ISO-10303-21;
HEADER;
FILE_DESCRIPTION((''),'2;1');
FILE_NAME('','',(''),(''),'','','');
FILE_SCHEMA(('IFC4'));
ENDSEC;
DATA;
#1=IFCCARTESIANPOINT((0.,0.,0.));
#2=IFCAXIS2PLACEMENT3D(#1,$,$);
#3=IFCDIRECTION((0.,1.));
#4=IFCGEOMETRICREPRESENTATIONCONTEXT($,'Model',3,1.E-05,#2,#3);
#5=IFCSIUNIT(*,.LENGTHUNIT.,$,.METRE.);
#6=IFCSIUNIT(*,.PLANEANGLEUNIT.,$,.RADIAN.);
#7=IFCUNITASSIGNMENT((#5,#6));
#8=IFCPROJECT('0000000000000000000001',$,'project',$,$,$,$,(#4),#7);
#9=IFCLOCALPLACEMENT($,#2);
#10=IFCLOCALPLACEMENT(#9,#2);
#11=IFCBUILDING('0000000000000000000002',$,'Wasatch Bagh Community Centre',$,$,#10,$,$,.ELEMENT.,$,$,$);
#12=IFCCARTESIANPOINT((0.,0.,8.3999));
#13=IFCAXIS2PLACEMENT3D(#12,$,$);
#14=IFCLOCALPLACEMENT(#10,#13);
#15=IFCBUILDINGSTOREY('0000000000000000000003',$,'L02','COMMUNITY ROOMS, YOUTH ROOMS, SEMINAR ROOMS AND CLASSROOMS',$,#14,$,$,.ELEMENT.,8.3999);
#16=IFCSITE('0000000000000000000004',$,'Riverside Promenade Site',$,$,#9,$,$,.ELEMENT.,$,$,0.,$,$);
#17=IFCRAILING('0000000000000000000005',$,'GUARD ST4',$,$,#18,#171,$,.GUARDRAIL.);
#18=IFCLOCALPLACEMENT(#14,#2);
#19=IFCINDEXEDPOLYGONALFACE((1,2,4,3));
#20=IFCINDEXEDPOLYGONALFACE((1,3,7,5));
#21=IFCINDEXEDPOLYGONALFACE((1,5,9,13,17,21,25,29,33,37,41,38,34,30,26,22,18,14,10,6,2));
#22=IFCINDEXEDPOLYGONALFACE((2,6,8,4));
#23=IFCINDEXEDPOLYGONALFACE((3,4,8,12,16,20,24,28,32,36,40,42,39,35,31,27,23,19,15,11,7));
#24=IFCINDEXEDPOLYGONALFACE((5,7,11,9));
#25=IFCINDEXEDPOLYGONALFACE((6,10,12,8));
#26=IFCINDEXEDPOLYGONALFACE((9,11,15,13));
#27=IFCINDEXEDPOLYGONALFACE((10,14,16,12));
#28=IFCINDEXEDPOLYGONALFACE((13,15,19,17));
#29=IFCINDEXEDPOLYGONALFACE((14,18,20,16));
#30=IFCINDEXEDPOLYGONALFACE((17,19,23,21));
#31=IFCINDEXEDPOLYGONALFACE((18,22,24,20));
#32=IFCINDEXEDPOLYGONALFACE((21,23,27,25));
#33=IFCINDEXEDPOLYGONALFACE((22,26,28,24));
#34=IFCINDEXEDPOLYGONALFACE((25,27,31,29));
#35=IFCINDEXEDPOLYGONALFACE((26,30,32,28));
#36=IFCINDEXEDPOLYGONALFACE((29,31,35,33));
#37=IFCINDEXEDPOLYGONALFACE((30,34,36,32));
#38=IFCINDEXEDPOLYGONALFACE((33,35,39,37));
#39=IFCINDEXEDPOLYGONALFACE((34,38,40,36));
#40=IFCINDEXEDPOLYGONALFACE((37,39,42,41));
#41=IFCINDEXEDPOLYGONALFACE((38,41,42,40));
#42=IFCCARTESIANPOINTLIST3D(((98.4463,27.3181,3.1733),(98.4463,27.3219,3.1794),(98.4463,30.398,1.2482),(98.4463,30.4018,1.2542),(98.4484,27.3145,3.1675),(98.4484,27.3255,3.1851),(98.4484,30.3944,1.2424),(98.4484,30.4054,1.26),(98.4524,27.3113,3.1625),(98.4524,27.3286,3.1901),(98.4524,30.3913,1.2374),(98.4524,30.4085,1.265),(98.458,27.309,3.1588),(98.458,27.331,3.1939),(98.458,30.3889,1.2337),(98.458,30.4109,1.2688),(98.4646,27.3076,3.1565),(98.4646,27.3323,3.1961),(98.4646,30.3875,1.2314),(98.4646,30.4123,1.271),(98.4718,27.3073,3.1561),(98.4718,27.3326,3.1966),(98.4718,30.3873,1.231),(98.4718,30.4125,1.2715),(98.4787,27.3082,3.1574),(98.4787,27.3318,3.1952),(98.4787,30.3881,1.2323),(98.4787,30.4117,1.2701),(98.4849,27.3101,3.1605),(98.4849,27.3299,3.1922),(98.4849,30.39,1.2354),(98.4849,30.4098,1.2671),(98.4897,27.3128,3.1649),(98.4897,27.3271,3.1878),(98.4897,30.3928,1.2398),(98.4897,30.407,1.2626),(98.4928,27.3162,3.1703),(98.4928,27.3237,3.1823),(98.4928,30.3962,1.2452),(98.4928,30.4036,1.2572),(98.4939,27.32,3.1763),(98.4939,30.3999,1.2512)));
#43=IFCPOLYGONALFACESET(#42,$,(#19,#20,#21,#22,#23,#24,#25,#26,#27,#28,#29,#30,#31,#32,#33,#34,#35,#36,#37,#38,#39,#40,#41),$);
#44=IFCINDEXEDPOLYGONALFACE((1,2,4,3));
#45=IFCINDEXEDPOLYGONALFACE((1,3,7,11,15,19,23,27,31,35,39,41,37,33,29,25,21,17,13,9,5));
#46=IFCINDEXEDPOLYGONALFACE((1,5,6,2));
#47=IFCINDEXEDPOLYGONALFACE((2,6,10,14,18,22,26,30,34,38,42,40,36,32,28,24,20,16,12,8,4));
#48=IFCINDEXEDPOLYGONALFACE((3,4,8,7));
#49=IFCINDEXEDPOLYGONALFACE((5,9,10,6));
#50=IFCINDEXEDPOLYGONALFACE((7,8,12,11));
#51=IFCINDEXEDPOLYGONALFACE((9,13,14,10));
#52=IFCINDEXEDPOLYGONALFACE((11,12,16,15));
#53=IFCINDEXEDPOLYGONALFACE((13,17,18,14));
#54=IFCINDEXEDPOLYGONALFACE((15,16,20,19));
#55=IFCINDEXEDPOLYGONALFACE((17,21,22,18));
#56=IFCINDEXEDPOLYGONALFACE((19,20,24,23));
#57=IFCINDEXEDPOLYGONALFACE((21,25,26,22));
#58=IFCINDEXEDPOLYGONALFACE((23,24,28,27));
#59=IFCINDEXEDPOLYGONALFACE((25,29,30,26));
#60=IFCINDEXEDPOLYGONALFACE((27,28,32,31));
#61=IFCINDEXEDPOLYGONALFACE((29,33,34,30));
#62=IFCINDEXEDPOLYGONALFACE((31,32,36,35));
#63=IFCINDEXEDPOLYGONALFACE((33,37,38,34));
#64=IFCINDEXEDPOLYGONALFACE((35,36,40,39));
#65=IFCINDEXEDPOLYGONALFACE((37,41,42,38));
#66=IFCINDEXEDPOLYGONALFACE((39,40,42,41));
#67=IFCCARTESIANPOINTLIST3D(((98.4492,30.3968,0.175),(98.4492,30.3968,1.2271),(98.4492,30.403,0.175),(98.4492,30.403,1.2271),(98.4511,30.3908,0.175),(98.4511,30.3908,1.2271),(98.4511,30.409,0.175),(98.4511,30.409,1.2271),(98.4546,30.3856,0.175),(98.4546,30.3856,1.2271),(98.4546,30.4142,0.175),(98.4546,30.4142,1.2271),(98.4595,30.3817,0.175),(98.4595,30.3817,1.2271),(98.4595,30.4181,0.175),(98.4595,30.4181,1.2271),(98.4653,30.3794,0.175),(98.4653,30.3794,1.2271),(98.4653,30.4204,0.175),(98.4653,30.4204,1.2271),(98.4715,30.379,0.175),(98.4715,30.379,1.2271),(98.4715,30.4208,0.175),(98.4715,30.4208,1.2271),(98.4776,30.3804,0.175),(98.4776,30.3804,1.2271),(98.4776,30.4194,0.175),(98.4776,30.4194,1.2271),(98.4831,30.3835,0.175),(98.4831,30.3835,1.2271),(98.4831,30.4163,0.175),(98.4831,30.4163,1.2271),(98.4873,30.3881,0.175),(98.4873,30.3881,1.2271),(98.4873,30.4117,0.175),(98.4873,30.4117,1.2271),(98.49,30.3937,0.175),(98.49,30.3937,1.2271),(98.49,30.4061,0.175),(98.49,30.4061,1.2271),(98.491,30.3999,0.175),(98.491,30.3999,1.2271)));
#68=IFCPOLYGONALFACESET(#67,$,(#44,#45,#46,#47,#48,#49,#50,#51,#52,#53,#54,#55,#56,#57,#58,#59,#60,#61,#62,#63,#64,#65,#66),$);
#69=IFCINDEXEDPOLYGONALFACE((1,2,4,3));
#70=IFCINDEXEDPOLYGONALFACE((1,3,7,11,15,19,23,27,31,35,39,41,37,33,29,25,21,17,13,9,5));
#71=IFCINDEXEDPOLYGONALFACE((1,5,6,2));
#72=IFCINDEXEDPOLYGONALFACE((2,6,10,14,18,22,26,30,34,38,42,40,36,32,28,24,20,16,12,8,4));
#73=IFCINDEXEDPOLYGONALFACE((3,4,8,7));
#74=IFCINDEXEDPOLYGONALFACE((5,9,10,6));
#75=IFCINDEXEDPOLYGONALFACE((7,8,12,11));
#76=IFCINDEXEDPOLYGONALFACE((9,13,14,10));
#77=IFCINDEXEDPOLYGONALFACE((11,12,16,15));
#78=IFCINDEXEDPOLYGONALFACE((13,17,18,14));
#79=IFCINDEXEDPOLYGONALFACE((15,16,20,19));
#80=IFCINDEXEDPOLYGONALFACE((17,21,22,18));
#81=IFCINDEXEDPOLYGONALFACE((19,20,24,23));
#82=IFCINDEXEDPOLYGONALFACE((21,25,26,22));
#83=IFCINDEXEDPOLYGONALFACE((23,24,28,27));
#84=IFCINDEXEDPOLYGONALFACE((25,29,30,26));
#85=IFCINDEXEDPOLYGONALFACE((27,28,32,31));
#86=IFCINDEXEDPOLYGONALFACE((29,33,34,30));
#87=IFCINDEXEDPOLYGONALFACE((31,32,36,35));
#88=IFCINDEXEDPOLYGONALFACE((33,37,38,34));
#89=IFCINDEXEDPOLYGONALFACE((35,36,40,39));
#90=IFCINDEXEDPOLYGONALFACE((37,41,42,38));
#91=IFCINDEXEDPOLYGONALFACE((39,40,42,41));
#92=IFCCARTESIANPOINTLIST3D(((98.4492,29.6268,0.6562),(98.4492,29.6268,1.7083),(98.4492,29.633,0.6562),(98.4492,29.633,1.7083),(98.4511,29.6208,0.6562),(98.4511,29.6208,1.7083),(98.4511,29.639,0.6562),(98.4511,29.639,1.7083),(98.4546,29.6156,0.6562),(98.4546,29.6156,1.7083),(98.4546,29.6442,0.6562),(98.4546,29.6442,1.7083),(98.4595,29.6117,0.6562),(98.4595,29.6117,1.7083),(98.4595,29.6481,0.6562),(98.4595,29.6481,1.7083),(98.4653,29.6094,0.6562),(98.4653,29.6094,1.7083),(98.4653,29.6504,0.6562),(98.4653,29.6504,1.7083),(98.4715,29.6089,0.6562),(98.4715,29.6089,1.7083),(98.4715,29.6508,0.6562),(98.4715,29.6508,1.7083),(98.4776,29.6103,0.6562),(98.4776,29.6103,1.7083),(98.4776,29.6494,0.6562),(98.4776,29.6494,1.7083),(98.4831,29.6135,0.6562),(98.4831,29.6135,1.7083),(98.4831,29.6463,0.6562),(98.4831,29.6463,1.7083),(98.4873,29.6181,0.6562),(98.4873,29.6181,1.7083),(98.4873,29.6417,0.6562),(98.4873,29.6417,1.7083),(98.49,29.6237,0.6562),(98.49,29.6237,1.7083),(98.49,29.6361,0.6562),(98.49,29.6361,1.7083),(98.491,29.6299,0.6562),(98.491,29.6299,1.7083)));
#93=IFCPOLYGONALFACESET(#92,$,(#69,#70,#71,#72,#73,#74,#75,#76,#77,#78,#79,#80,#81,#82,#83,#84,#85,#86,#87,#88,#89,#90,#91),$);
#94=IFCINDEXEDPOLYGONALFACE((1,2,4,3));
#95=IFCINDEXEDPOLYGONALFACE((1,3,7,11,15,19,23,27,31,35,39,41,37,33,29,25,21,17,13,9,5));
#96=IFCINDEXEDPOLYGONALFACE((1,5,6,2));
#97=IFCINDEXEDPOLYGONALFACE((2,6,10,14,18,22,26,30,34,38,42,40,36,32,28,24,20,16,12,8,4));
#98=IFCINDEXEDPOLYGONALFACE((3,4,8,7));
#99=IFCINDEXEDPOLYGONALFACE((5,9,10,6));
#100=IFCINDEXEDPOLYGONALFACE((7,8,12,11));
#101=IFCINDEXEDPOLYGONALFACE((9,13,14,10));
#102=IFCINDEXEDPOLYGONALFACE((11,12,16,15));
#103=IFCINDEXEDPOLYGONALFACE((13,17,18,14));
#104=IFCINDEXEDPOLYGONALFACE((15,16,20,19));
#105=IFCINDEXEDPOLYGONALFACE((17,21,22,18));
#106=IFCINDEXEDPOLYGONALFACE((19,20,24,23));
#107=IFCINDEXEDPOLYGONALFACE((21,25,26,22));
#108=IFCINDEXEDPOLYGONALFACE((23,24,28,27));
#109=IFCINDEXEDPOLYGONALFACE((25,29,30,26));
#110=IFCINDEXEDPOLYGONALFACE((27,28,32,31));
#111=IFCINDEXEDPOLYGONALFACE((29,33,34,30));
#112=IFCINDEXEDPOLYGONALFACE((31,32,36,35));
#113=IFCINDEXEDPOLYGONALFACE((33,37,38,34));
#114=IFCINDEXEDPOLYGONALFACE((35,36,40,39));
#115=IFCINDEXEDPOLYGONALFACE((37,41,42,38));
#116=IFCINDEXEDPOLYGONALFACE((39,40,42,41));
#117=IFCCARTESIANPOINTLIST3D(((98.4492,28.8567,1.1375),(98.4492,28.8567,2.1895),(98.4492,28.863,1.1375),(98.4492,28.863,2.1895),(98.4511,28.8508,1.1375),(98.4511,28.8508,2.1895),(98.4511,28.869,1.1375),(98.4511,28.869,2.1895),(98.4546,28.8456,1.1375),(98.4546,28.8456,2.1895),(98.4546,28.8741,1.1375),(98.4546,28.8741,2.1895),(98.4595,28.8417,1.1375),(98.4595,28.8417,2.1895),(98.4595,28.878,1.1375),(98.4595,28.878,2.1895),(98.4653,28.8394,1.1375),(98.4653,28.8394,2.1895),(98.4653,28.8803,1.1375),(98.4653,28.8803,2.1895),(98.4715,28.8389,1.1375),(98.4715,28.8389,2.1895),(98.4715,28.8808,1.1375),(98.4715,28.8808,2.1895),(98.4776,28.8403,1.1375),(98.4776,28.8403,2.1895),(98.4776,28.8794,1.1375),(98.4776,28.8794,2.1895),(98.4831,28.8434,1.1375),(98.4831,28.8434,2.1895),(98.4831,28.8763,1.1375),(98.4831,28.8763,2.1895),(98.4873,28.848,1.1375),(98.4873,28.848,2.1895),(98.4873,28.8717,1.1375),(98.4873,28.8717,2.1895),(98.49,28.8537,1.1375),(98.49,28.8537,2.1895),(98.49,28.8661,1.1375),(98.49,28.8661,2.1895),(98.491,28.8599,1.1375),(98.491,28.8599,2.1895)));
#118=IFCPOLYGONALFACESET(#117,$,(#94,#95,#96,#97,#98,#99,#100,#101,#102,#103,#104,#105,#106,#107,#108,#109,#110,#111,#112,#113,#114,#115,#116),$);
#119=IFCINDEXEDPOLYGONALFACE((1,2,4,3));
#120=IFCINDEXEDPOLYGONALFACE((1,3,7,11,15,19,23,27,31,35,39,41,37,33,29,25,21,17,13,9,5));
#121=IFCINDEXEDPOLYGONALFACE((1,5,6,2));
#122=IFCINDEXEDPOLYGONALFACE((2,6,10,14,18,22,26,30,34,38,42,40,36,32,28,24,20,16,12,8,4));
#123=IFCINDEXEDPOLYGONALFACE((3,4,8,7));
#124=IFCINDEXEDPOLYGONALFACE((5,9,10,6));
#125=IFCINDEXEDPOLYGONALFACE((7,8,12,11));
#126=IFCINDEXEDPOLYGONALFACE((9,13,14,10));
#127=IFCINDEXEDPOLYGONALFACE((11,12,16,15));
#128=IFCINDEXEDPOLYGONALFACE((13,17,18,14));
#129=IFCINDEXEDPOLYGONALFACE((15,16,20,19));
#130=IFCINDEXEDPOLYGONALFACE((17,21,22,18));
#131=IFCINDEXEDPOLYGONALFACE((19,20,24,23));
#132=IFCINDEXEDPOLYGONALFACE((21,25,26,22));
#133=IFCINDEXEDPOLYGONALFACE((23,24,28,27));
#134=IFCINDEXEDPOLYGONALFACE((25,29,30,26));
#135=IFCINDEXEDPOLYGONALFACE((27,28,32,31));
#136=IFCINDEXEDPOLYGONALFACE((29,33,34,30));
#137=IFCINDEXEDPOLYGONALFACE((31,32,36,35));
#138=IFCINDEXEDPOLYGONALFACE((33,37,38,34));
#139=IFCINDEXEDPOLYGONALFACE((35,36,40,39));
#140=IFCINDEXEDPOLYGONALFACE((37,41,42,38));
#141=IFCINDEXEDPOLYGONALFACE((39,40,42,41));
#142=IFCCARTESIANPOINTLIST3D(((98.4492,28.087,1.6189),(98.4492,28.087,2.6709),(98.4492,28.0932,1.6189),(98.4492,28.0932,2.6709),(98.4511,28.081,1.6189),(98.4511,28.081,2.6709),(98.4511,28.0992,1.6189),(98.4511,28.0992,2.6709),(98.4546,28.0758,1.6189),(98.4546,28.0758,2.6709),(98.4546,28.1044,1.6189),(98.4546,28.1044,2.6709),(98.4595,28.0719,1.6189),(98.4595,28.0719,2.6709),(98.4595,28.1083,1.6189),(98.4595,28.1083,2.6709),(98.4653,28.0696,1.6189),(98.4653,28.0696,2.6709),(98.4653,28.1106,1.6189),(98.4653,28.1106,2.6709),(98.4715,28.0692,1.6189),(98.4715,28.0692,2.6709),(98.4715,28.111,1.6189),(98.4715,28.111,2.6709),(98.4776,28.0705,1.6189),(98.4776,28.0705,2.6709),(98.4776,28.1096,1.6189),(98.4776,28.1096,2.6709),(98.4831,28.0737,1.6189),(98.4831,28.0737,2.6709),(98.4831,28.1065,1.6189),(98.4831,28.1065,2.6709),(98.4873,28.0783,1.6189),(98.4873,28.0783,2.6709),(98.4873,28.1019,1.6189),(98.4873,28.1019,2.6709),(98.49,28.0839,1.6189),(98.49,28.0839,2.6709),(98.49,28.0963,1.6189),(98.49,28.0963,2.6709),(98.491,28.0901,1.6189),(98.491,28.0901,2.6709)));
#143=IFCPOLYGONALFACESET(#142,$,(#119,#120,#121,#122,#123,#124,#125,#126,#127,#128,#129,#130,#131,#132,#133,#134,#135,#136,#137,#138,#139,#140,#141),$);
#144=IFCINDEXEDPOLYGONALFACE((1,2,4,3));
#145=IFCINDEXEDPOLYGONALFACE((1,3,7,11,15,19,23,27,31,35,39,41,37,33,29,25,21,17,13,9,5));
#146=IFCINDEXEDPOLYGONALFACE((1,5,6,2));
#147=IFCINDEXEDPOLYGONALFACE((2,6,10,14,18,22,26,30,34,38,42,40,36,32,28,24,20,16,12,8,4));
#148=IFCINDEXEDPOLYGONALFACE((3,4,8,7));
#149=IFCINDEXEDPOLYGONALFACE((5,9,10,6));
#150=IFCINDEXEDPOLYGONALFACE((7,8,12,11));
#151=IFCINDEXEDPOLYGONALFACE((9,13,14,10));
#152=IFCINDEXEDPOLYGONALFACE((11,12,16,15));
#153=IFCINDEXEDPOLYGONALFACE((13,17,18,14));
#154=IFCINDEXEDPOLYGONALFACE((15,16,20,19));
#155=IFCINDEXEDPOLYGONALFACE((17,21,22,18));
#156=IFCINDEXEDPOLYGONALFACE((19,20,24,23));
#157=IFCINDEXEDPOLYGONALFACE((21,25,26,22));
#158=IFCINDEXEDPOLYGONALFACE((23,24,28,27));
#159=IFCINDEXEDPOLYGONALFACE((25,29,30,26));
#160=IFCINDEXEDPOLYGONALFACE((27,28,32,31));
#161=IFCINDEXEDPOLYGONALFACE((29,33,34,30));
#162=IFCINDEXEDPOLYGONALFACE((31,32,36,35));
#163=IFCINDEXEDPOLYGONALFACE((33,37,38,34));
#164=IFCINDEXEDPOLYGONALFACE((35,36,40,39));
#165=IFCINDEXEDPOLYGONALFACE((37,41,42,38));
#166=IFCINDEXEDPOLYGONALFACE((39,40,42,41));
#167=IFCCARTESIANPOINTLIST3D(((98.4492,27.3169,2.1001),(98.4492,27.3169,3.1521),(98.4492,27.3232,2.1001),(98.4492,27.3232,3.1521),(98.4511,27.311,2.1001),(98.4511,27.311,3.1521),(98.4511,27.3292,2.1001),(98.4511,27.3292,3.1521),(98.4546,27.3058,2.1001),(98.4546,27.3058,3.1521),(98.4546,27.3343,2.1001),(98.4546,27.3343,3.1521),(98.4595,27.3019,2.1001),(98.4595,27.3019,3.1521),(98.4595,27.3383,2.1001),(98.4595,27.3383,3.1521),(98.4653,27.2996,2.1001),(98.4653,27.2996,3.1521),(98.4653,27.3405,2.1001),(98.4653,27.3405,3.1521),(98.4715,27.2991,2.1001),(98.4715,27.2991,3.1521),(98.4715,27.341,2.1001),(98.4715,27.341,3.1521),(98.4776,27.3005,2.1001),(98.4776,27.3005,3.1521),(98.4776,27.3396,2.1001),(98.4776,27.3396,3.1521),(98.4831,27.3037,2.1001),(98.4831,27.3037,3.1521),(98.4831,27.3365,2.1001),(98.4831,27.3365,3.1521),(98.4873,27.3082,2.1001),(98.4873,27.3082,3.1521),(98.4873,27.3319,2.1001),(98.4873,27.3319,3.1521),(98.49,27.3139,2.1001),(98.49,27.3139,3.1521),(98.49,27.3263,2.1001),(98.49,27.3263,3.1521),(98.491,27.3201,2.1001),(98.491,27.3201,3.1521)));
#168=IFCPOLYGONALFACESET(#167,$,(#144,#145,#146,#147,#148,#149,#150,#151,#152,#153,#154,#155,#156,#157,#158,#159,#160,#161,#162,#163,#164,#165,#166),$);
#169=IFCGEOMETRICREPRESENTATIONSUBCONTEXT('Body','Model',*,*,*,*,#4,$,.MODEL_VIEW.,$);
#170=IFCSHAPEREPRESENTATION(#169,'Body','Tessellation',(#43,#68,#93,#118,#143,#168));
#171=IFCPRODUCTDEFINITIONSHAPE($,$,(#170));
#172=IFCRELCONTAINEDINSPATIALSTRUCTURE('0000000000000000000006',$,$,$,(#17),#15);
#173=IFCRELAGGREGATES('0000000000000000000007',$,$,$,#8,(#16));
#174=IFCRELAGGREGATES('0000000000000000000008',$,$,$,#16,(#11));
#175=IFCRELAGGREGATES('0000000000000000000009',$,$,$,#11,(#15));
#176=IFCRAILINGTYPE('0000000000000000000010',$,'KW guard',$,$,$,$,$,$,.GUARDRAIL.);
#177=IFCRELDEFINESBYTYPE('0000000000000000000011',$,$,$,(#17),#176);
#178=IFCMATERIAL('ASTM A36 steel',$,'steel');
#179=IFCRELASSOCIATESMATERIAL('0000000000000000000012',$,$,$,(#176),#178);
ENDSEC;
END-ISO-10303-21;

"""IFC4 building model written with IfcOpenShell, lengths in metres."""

from ifc_helpers import new_model, si_unit, direction, frame, origin, origin_2d, place, context, subcontext, project, spatial, circle, extrude, material, type_object, element, save


model = new_model("IFC4")

# Units and contexts
model_context = context("Model", 3, precision=1e-05, world=origin(), true_north=direction((0.0, 1.0)))
body_context = subcontext(model_context, "Body", "Model", "MODEL_VIEW")
ifc_project = project(units=[si_unit("LENGTHUNIT", "METRE"), si_unit("PLANEANGLEUNIT", "RADIAN")], contexts=[model_context])

# Site, building, storey
site_placement = place(None, origin())
site = spatial("IfcSite", under=ifc_project, at=site_placement, Name="Riverside Promenade Site", CompositionType="ELEMENT", RefElevation=0.0)
building_placement = place(site_placement, origin())
building = spatial("IfcBuilding", under=site, at=building_placement, Name="Wasatch Bagh Community Centre", CompositionType="ELEMENT")
storey_placement = place(building_placement, frame((0.0, 0.0, 8.3999)))
storey = spatial("IfcBuildingStorey", under=building, at=storey_placement, Name="L02", Description="COMMUNITY ROOMS, YOUTH ROOMS, SEMINAR ROOMS AND CLASSROOMS", CompositionType="ELEMENT", Elevation=8.3999)

# Railing
ifc_material_1 = material(Name="ASTM A36 steel", Category="steel")
railing_type_1 = type_object("IfcRailingType", Name="KW guard", PredefinedType="GUARDRAIL", material=ifc_material_1)
for number, where, name in (
    (1, (98.47, 30.3999, 0.175), "GUARD ST4"),
):
    element("IfcRailing", number, at=place(storey_placement, frame(where)), inside=storey, type_object=railing_type_1, Name=name, PredefinedType="GUARDRAIL", context=body_context, shape_type="SweptSolid", body=[
        extrude(circle(Radius=0.0239, at=origin_2d()), frame((0.0, 0.0, 1.0762), z_axis=(0.0, -0.847979, 0.530029), x_axis=(1.0, 0.0, 0.0)), (0.0, 0.0, 1.0), 3.6321),
        extrude(circle(Radius=0.021, at=origin_2d()), origin(), (0.0, 0.0, 1.0), 1.052),
        extrude(circle(Radius=0.021, at=origin_2d()), frame((0.0, -0.77, 0.4812)), (0.0, 0.0, 1.0), 1.052),
        extrude(circle(Radius=0.021, at=origin_2d()), frame((0.0, -1.54, 0.9624)), (0.0, 0.0, 1.0), 1.052),
        extrude(circle(Radius=0.021, at=origin_2d()), frame((0.0, -2.3098, 1.4438)), (0.0, 0.0, 1.0), 1.052),
        extrude(circle(Radius=0.021, at=origin_2d()), frame((0.0, -3.0798, 1.925)), (0.0, 0.0, 1.0), 1.052),
    ])

save(model, "model.ifc")
